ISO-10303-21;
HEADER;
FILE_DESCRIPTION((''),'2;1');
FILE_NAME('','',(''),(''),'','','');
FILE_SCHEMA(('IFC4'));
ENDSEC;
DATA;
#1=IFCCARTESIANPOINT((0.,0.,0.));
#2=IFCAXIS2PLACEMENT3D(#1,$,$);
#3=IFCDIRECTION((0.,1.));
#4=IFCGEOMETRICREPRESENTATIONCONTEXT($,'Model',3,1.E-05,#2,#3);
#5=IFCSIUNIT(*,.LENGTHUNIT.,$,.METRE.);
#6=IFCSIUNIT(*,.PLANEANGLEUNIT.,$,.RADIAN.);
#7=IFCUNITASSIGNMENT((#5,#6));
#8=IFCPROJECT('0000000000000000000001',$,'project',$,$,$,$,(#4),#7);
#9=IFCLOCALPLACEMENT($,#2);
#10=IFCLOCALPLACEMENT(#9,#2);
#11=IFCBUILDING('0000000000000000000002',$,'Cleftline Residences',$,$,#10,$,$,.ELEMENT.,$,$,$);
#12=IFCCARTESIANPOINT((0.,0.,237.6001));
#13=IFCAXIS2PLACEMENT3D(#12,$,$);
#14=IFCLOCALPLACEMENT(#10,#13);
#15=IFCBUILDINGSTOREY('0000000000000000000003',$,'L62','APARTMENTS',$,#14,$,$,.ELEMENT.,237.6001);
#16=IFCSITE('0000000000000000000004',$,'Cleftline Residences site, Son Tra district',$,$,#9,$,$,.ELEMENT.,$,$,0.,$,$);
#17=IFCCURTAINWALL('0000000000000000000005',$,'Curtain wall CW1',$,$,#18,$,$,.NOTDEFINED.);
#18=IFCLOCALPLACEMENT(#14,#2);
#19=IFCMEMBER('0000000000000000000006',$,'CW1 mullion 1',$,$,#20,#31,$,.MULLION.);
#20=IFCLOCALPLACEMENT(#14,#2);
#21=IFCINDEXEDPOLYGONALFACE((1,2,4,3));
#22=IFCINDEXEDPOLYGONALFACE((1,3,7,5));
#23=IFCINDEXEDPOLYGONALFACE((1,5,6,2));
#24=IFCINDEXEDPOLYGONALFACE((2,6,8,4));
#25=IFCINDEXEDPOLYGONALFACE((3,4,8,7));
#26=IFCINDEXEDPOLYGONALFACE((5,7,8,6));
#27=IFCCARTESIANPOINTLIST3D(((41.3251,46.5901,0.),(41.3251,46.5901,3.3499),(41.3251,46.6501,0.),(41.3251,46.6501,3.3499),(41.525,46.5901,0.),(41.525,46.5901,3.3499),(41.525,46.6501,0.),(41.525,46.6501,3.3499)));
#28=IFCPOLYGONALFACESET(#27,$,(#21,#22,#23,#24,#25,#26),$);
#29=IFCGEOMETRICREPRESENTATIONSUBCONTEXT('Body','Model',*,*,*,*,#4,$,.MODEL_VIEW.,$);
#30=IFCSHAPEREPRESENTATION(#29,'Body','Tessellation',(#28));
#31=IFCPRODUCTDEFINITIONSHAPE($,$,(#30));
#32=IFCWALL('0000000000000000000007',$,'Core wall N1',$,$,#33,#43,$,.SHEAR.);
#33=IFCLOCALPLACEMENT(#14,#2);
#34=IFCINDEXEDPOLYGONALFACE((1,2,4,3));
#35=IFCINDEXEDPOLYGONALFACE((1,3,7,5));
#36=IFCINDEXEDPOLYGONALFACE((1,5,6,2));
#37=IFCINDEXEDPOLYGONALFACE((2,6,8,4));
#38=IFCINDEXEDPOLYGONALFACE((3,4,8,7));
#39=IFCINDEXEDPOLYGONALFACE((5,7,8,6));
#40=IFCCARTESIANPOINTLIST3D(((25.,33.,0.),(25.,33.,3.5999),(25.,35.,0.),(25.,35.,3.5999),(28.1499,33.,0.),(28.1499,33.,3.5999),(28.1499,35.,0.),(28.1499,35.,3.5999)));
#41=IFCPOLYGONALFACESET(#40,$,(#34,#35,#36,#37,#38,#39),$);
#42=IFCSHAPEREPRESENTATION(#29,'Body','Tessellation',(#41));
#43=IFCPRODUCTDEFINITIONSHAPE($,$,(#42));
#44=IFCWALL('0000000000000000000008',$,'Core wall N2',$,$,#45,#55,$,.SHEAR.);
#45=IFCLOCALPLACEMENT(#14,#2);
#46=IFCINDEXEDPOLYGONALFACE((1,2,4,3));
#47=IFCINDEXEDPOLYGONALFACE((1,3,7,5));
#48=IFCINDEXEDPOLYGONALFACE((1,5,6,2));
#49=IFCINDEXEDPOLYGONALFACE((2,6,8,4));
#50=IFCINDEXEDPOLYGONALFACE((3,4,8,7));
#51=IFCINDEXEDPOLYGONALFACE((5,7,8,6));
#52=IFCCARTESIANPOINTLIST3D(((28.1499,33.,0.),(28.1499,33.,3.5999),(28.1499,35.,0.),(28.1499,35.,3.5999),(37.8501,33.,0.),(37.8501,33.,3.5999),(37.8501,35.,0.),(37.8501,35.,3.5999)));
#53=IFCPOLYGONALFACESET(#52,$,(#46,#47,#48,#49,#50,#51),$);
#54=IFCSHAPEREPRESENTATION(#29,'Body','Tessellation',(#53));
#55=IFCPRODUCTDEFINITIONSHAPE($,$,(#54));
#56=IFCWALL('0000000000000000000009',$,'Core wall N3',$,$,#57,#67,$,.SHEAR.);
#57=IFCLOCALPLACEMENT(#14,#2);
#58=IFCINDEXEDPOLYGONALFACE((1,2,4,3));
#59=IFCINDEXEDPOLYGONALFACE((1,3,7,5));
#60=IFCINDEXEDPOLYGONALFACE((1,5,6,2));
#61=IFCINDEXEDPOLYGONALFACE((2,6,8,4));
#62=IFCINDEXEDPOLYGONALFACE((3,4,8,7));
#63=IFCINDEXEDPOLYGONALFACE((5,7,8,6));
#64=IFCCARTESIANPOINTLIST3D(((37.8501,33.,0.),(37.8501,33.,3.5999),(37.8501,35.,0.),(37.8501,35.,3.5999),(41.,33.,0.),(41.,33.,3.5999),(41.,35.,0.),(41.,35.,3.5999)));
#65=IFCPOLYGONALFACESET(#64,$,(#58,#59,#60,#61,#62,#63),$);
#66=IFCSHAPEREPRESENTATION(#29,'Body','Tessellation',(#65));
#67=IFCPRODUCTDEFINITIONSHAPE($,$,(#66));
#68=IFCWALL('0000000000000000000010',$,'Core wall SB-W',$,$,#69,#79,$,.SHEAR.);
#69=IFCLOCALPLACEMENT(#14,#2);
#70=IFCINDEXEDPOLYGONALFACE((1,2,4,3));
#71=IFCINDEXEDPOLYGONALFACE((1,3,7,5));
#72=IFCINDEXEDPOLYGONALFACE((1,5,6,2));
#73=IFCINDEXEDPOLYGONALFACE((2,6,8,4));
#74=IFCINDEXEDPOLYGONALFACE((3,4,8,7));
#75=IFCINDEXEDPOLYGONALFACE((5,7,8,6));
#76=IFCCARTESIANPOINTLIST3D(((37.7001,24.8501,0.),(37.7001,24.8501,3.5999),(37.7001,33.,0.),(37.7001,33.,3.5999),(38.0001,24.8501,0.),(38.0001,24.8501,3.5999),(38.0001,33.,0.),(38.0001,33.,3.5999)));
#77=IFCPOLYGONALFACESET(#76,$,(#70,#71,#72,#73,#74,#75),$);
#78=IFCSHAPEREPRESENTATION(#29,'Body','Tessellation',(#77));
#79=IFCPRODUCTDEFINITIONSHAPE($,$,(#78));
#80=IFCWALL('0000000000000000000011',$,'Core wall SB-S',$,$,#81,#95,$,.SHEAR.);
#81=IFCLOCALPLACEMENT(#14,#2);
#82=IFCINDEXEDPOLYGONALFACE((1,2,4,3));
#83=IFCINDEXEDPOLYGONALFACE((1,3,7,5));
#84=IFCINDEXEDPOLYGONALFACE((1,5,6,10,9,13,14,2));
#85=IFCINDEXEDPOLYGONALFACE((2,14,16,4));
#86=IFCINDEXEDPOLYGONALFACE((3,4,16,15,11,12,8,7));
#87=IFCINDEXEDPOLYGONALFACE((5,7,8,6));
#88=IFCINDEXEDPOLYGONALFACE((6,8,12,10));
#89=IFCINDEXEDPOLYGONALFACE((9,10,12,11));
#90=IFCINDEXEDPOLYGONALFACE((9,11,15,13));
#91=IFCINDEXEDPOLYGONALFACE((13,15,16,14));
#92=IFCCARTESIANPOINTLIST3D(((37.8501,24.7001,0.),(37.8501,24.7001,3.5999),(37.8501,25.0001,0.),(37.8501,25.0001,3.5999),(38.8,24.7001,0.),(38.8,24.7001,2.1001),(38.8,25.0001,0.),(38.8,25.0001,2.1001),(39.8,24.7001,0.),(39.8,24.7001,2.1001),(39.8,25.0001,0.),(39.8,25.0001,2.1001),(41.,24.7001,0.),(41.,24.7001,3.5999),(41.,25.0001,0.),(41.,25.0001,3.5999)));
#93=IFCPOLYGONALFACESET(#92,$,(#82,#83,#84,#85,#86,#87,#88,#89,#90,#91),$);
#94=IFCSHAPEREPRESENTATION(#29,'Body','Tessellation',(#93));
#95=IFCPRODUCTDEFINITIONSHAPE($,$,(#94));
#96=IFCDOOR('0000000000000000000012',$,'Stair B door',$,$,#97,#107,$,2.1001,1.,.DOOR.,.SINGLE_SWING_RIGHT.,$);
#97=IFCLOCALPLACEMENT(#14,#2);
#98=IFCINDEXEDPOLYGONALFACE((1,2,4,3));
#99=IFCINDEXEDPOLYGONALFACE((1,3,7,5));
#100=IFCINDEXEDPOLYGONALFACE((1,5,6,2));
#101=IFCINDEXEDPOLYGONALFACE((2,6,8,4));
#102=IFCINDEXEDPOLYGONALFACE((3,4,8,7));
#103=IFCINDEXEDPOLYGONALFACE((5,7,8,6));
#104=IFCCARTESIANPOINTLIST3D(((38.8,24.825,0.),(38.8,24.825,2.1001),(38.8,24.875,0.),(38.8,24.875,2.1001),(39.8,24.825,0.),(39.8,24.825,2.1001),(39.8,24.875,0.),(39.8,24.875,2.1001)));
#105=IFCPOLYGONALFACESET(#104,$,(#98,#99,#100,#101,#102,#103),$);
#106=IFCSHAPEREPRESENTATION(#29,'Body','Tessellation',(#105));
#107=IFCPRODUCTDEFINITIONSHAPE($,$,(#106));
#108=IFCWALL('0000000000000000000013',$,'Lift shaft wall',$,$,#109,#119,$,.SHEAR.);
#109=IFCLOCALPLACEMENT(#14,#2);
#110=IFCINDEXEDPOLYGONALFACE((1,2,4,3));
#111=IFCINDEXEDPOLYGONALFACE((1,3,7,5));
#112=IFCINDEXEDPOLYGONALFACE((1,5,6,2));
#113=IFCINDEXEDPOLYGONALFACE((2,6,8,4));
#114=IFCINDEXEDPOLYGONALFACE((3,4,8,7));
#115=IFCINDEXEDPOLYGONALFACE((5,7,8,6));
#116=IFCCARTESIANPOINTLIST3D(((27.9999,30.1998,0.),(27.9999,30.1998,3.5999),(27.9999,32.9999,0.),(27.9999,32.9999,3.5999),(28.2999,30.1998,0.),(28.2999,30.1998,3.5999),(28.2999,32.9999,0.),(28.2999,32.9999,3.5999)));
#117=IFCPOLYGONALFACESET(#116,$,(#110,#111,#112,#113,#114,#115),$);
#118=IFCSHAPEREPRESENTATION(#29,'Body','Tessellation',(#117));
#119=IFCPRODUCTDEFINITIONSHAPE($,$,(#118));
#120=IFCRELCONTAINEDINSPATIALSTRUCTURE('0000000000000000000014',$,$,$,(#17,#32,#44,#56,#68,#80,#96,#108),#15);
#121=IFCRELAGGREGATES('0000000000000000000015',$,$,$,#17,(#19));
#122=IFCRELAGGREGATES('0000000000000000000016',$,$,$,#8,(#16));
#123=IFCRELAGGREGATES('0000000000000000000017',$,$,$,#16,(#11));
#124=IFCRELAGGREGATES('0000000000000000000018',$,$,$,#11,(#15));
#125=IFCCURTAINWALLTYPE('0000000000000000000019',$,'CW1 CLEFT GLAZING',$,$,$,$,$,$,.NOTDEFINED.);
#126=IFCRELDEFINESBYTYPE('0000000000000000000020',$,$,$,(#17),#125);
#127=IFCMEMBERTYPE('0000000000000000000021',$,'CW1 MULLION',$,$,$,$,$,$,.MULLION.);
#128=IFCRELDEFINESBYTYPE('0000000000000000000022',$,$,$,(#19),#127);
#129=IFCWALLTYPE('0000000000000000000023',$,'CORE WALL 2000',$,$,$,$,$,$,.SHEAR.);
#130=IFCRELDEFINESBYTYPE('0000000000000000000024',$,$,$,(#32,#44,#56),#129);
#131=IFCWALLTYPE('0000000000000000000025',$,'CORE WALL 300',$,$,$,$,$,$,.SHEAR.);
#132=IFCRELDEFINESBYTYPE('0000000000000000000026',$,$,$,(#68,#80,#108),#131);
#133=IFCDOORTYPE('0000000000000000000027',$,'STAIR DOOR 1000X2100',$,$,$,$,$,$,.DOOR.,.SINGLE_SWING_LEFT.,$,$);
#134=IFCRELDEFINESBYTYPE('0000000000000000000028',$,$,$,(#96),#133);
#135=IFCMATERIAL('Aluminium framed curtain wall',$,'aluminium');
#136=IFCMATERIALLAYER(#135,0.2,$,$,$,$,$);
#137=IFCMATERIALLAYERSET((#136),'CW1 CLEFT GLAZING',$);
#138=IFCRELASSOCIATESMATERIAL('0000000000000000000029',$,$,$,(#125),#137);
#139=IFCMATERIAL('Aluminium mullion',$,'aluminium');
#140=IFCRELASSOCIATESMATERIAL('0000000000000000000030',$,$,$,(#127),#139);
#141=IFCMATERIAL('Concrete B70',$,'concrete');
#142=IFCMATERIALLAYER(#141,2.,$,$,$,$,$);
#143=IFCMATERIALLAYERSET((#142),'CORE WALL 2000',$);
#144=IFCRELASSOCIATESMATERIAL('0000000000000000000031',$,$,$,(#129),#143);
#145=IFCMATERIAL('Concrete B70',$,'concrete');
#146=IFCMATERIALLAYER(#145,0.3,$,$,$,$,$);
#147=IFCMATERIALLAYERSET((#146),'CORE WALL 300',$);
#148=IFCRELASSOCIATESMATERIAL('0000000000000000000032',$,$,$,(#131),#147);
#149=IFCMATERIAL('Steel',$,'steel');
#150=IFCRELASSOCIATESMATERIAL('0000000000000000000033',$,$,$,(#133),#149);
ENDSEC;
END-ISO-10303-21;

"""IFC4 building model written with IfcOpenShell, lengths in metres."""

from ifc_helpers import new_model, si_unit, direction, frame, frame_2d, origin, origin_2d, place, context, subcontext, project, spatial, rectangle, extrude, material, layer, layer_set, material_profile, profile_set, type_object, element, fill, aggregate, save


model = new_model("IFC4")

# Units and contexts
model_context = context("Model", 3, precision=1e-05, world=origin(), true_north=direction((0.0, 1.0)))
body_context = subcontext(model_context, "Body", "Model", "MODEL_VIEW")
ifc_project = project(units=[si_unit("LENGTHUNIT", "METRE"), si_unit("PLANEANGLEUNIT", "RADIAN")], contexts=[model_context])

# Site, building, storey
site_placement = place(None, origin())
site = spatial("IfcSite", under=ifc_project, at=site_placement, Name="Cleftline Residences site, Son Tra district", CompositionType="ELEMENT", RefElevation=0.0)
building_placement = place(site_placement, origin())
building = spatial("IfcBuilding", under=site, at=building_placement, Name="Cleftline Residences", CompositionType="ELEMENT")
storey_placement = place(building_placement, frame((0.0, 0.0, 237.6001)))
storey = spatial("IfcBuildingStorey", under=building, at=storey_placement, Name="L62", Description="APARTMENTS", CompositionType="ELEMENT", Elevation=237.6001)

# Curtain wall, member
ifc_material_1 = material(Name="Aluminium framed curtain wall", Category="aluminium")
ifc_layer_1 = layer(ifc_material_1, 0.2)
ifc_layer_set_1 = layer_set([ifc_layer_1], Name="CW1 CLEFT GLAZING")
curtain_wall_type = type_object("IfcCurtainWallType", Name="CW1 CLEFT GLAZING", PredefinedType="NOTDEFINED", material=ifc_layer_set_1)
curtain_wall_placement = place(storey_placement, origin())
curtain_wall = element("IfcCurtainWall", 1, at=curtain_wall_placement, inside=storey, type_object=curtain_wall_type, Name="Curtain wall CW1", PredefinedType="NOTDEFINED")
ifc_material_2 = material(Name="Aluminium mullion", Category="aluminium")
ifc_material_profile = material_profile(ifc_material_2, rectangle(XDim=0.2, YDim=0.0601, at=origin_2d()))
ifc_profile_set = profile_set([ifc_material_profile], Name="Aluminium mullion")
member_type = type_object("IfcMemberType", Name="CW1 MULLION", PredefinedType="MULLION", material=ifc_profile_set)
member_placement = place(storey_placement, frame((41.425, 46.6201, 0.0), z_axis=(0.0, 0.0, 1.0), x_axis=(1.0, 0.0, 0.0)))
member = element("IfcMember", 2, at=member_placement, type_object=member_type, Name="CW1 mullion 1", PredefinedType="MULLION", context=body_context, shape_type="SweptSolid", body=[
    extrude(rectangle(XDim=0.2, YDim=0.0601, at=origin_2d()), origin(), (0.0, 0.0, 1.0), 3.3499),
])
aggregate(curtain_wall, [member])

# Walls
ifc_material_3 = material(Name="Concrete B70", Category="concrete")
ifc_layer_2 = layer(ifc_material_3, 2.0)
ifc_layer_set_2 = layer_set([ifc_layer_2], Name="CORE WALL 2000")
wall_type_1 = type_object("IfcWallType", Name="CORE WALL 2000", PredefinedType="SHEAR", material=ifc_layer_set_2)
wall_1_placement = place(storey_placement, frame((25.0, 34.0, 0.0), z_axis=(0.0, 0.0, 1.0), x_axis=(1.0, 0.0, 0.0)))
element("IfcWall", 3, at=wall_1_placement, inside=storey, type_object=wall_type_1, Name="Core wall N1", PredefinedType="SHEAR", context=body_context, shape_type="SweptSolid", body=[
    extrude(rectangle(XDim=3.1499, YDim=2.0, at=frame_2d((1.575, 0.0))), origin(), (0.0, 0.0, 1.0), 3.5999),
])
wall_2_placement = place(storey_placement, frame((28.1499, 34.0, 0.0), z_axis=(0.0, 0.0, 1.0), x_axis=(1.0, 0.0, 0.0)))
element("IfcWall", 4, at=wall_2_placement, inside=storey, type_object=wall_type_1, Name="Core wall N2", PredefinedType="SHEAR", context=body_context, shape_type="SweptSolid", body=[
    extrude(rectangle(XDim=9.7002, YDim=2.0, at=frame_2d((4.8501, 0.0))), origin(), (0.0, 0.0, 1.0), 3.5999),
])
wall_3_placement = place(storey_placement, frame((37.8501, 34.0, 0.0), z_axis=(0.0, 0.0, 1.0), x_axis=(1.0, 0.0, 0.0)))
element("IfcWall", 5, at=wall_3_placement, inside=storey, type_object=wall_type_1, Name="Core wall N3", PredefinedType="SHEAR", context=body_context, shape_type="SweptSolid", body=[
    extrude(rectangle(XDim=3.1499, YDim=2.0, at=frame_2d((1.575, 0.0))), origin(), (0.0, 0.0, 1.0), 3.5999),
])
ifc_material_4 = material(Name="Concrete B70", Category="concrete")
ifc_layer_3 = layer(ifc_material_4, 0.3)
ifc_layer_set_3 = layer_set([ifc_layer_3], Name="CORE WALL 300")
wall_type_2 = type_object("IfcWallType", Name="CORE WALL 300", PredefinedType="SHEAR", material=ifc_layer_set_3)
wall_4_placement = place(storey_placement, frame((37.8501, 24.8501, 0.0), z_axis=(0.0, 0.0, 1.0), x_axis=(0.0, 1.0, 0.0)))
element("IfcWall", 6, at=wall_4_placement, inside=storey, type_object=wall_type_2, Name="Core wall SB-W", PredefinedType="SHEAR", context=body_context, shape_type="SweptSolid", body=[
    extrude(rectangle(XDim=8.1499, YDim=0.3, at=frame_2d((4.075, 0.0))), origin(), (0.0, 0.0, 1.0), 3.5999),
])

# Wall, opening, door
wall_5_placement = place(storey_placement, frame((37.8501, 24.8501, 0.0), z_axis=(0.0, 0.0, 1.0), x_axis=(1.0, 0.0, 0.0)))
wall_5 = element("IfcWall", 7, at=wall_5_placement, inside=storey, type_object=wall_type_2, Name="Core wall SB-S", PredefinedType="SHEAR", context=body_context, shape_type="SweptSolid", body=[
    extrude(rectangle(XDim=3.1499, YDim=0.3, at=frame_2d((1.575, 0.0))), origin(), (0.0, 0.0, 1.0), 3.5999),
])
opening_1_placement = place(wall_5_placement, frame((0.95, 0.0, 0.0)))
opening_1 = element("IfcOpeningElement", 8, at=opening_1_placement, cuts=wall_5, PredefinedType="OPENING", context=body_context, shape_type="SweptSolid", body=[
    extrude(rectangle(XDim=1.0, YDim=2.1001, at=frame_2d((0.5, 1.05))), frame((0.0, 0.1599, 0.0), z_axis=(0.0, -1.0, 0.0), x_axis=(1.0, 0.0, 0.0)), (0.0, 0.0, 1.0), 0.3201),
])
ifc_material_5 = material(Name="Steel", Category="steel")
door_type_1 = type_object("IfcDoorType", Name="STAIR DOOR 1000X2100", OperationType="SINGLE_SWING_LEFT", PredefinedType="DOOR", material=ifc_material_5)
door_1_placement = place(opening_1_placement, origin())
door_1 = element("IfcDoor", 9, at=door_1_placement, inside=storey, type_object=door_type_1, Name="Stair B door", OperationType="SINGLE_SWING_RIGHT", OverallHeight=2.1001, OverallWidth=1.0, PredefinedType="DOOR", context=body_context, shape_type="SweptSolid", body=[
    extrude(rectangle(XDim=1.0, YDim=2.1001, at=frame_2d((0.5, 1.05))), frame((0.0, 0.0249, 0.0), z_axis=(0.0, -1.0, 0.0), x_axis=(1.0, 0.0, 0.0)), (0.0, 0.0, 1.0), 0.05),
])
fill(opening_1, door_1)

# Wall
wall_6_placement = place(storey_placement, frame((28.1499, 30.2, 0.0), z_axis=(0.0, 0.0, 1.0), x_axis=(0.0, 1.0, 0.0)))
element("IfcWall", 10, at=wall_6_placement, inside=storey, type_object=wall_type_2, Name="Lift shaft wall", PredefinedType="SHEAR", context=body_context, shape_type="SweptSolid", body=[
    extrude(rectangle(XDim=2.8, YDim=0.3, at=frame_2d((1.3999, 0.0))), origin(), (0.0, 0.0, 1.0), 3.5999),
])

save(model, "model.ifc")
